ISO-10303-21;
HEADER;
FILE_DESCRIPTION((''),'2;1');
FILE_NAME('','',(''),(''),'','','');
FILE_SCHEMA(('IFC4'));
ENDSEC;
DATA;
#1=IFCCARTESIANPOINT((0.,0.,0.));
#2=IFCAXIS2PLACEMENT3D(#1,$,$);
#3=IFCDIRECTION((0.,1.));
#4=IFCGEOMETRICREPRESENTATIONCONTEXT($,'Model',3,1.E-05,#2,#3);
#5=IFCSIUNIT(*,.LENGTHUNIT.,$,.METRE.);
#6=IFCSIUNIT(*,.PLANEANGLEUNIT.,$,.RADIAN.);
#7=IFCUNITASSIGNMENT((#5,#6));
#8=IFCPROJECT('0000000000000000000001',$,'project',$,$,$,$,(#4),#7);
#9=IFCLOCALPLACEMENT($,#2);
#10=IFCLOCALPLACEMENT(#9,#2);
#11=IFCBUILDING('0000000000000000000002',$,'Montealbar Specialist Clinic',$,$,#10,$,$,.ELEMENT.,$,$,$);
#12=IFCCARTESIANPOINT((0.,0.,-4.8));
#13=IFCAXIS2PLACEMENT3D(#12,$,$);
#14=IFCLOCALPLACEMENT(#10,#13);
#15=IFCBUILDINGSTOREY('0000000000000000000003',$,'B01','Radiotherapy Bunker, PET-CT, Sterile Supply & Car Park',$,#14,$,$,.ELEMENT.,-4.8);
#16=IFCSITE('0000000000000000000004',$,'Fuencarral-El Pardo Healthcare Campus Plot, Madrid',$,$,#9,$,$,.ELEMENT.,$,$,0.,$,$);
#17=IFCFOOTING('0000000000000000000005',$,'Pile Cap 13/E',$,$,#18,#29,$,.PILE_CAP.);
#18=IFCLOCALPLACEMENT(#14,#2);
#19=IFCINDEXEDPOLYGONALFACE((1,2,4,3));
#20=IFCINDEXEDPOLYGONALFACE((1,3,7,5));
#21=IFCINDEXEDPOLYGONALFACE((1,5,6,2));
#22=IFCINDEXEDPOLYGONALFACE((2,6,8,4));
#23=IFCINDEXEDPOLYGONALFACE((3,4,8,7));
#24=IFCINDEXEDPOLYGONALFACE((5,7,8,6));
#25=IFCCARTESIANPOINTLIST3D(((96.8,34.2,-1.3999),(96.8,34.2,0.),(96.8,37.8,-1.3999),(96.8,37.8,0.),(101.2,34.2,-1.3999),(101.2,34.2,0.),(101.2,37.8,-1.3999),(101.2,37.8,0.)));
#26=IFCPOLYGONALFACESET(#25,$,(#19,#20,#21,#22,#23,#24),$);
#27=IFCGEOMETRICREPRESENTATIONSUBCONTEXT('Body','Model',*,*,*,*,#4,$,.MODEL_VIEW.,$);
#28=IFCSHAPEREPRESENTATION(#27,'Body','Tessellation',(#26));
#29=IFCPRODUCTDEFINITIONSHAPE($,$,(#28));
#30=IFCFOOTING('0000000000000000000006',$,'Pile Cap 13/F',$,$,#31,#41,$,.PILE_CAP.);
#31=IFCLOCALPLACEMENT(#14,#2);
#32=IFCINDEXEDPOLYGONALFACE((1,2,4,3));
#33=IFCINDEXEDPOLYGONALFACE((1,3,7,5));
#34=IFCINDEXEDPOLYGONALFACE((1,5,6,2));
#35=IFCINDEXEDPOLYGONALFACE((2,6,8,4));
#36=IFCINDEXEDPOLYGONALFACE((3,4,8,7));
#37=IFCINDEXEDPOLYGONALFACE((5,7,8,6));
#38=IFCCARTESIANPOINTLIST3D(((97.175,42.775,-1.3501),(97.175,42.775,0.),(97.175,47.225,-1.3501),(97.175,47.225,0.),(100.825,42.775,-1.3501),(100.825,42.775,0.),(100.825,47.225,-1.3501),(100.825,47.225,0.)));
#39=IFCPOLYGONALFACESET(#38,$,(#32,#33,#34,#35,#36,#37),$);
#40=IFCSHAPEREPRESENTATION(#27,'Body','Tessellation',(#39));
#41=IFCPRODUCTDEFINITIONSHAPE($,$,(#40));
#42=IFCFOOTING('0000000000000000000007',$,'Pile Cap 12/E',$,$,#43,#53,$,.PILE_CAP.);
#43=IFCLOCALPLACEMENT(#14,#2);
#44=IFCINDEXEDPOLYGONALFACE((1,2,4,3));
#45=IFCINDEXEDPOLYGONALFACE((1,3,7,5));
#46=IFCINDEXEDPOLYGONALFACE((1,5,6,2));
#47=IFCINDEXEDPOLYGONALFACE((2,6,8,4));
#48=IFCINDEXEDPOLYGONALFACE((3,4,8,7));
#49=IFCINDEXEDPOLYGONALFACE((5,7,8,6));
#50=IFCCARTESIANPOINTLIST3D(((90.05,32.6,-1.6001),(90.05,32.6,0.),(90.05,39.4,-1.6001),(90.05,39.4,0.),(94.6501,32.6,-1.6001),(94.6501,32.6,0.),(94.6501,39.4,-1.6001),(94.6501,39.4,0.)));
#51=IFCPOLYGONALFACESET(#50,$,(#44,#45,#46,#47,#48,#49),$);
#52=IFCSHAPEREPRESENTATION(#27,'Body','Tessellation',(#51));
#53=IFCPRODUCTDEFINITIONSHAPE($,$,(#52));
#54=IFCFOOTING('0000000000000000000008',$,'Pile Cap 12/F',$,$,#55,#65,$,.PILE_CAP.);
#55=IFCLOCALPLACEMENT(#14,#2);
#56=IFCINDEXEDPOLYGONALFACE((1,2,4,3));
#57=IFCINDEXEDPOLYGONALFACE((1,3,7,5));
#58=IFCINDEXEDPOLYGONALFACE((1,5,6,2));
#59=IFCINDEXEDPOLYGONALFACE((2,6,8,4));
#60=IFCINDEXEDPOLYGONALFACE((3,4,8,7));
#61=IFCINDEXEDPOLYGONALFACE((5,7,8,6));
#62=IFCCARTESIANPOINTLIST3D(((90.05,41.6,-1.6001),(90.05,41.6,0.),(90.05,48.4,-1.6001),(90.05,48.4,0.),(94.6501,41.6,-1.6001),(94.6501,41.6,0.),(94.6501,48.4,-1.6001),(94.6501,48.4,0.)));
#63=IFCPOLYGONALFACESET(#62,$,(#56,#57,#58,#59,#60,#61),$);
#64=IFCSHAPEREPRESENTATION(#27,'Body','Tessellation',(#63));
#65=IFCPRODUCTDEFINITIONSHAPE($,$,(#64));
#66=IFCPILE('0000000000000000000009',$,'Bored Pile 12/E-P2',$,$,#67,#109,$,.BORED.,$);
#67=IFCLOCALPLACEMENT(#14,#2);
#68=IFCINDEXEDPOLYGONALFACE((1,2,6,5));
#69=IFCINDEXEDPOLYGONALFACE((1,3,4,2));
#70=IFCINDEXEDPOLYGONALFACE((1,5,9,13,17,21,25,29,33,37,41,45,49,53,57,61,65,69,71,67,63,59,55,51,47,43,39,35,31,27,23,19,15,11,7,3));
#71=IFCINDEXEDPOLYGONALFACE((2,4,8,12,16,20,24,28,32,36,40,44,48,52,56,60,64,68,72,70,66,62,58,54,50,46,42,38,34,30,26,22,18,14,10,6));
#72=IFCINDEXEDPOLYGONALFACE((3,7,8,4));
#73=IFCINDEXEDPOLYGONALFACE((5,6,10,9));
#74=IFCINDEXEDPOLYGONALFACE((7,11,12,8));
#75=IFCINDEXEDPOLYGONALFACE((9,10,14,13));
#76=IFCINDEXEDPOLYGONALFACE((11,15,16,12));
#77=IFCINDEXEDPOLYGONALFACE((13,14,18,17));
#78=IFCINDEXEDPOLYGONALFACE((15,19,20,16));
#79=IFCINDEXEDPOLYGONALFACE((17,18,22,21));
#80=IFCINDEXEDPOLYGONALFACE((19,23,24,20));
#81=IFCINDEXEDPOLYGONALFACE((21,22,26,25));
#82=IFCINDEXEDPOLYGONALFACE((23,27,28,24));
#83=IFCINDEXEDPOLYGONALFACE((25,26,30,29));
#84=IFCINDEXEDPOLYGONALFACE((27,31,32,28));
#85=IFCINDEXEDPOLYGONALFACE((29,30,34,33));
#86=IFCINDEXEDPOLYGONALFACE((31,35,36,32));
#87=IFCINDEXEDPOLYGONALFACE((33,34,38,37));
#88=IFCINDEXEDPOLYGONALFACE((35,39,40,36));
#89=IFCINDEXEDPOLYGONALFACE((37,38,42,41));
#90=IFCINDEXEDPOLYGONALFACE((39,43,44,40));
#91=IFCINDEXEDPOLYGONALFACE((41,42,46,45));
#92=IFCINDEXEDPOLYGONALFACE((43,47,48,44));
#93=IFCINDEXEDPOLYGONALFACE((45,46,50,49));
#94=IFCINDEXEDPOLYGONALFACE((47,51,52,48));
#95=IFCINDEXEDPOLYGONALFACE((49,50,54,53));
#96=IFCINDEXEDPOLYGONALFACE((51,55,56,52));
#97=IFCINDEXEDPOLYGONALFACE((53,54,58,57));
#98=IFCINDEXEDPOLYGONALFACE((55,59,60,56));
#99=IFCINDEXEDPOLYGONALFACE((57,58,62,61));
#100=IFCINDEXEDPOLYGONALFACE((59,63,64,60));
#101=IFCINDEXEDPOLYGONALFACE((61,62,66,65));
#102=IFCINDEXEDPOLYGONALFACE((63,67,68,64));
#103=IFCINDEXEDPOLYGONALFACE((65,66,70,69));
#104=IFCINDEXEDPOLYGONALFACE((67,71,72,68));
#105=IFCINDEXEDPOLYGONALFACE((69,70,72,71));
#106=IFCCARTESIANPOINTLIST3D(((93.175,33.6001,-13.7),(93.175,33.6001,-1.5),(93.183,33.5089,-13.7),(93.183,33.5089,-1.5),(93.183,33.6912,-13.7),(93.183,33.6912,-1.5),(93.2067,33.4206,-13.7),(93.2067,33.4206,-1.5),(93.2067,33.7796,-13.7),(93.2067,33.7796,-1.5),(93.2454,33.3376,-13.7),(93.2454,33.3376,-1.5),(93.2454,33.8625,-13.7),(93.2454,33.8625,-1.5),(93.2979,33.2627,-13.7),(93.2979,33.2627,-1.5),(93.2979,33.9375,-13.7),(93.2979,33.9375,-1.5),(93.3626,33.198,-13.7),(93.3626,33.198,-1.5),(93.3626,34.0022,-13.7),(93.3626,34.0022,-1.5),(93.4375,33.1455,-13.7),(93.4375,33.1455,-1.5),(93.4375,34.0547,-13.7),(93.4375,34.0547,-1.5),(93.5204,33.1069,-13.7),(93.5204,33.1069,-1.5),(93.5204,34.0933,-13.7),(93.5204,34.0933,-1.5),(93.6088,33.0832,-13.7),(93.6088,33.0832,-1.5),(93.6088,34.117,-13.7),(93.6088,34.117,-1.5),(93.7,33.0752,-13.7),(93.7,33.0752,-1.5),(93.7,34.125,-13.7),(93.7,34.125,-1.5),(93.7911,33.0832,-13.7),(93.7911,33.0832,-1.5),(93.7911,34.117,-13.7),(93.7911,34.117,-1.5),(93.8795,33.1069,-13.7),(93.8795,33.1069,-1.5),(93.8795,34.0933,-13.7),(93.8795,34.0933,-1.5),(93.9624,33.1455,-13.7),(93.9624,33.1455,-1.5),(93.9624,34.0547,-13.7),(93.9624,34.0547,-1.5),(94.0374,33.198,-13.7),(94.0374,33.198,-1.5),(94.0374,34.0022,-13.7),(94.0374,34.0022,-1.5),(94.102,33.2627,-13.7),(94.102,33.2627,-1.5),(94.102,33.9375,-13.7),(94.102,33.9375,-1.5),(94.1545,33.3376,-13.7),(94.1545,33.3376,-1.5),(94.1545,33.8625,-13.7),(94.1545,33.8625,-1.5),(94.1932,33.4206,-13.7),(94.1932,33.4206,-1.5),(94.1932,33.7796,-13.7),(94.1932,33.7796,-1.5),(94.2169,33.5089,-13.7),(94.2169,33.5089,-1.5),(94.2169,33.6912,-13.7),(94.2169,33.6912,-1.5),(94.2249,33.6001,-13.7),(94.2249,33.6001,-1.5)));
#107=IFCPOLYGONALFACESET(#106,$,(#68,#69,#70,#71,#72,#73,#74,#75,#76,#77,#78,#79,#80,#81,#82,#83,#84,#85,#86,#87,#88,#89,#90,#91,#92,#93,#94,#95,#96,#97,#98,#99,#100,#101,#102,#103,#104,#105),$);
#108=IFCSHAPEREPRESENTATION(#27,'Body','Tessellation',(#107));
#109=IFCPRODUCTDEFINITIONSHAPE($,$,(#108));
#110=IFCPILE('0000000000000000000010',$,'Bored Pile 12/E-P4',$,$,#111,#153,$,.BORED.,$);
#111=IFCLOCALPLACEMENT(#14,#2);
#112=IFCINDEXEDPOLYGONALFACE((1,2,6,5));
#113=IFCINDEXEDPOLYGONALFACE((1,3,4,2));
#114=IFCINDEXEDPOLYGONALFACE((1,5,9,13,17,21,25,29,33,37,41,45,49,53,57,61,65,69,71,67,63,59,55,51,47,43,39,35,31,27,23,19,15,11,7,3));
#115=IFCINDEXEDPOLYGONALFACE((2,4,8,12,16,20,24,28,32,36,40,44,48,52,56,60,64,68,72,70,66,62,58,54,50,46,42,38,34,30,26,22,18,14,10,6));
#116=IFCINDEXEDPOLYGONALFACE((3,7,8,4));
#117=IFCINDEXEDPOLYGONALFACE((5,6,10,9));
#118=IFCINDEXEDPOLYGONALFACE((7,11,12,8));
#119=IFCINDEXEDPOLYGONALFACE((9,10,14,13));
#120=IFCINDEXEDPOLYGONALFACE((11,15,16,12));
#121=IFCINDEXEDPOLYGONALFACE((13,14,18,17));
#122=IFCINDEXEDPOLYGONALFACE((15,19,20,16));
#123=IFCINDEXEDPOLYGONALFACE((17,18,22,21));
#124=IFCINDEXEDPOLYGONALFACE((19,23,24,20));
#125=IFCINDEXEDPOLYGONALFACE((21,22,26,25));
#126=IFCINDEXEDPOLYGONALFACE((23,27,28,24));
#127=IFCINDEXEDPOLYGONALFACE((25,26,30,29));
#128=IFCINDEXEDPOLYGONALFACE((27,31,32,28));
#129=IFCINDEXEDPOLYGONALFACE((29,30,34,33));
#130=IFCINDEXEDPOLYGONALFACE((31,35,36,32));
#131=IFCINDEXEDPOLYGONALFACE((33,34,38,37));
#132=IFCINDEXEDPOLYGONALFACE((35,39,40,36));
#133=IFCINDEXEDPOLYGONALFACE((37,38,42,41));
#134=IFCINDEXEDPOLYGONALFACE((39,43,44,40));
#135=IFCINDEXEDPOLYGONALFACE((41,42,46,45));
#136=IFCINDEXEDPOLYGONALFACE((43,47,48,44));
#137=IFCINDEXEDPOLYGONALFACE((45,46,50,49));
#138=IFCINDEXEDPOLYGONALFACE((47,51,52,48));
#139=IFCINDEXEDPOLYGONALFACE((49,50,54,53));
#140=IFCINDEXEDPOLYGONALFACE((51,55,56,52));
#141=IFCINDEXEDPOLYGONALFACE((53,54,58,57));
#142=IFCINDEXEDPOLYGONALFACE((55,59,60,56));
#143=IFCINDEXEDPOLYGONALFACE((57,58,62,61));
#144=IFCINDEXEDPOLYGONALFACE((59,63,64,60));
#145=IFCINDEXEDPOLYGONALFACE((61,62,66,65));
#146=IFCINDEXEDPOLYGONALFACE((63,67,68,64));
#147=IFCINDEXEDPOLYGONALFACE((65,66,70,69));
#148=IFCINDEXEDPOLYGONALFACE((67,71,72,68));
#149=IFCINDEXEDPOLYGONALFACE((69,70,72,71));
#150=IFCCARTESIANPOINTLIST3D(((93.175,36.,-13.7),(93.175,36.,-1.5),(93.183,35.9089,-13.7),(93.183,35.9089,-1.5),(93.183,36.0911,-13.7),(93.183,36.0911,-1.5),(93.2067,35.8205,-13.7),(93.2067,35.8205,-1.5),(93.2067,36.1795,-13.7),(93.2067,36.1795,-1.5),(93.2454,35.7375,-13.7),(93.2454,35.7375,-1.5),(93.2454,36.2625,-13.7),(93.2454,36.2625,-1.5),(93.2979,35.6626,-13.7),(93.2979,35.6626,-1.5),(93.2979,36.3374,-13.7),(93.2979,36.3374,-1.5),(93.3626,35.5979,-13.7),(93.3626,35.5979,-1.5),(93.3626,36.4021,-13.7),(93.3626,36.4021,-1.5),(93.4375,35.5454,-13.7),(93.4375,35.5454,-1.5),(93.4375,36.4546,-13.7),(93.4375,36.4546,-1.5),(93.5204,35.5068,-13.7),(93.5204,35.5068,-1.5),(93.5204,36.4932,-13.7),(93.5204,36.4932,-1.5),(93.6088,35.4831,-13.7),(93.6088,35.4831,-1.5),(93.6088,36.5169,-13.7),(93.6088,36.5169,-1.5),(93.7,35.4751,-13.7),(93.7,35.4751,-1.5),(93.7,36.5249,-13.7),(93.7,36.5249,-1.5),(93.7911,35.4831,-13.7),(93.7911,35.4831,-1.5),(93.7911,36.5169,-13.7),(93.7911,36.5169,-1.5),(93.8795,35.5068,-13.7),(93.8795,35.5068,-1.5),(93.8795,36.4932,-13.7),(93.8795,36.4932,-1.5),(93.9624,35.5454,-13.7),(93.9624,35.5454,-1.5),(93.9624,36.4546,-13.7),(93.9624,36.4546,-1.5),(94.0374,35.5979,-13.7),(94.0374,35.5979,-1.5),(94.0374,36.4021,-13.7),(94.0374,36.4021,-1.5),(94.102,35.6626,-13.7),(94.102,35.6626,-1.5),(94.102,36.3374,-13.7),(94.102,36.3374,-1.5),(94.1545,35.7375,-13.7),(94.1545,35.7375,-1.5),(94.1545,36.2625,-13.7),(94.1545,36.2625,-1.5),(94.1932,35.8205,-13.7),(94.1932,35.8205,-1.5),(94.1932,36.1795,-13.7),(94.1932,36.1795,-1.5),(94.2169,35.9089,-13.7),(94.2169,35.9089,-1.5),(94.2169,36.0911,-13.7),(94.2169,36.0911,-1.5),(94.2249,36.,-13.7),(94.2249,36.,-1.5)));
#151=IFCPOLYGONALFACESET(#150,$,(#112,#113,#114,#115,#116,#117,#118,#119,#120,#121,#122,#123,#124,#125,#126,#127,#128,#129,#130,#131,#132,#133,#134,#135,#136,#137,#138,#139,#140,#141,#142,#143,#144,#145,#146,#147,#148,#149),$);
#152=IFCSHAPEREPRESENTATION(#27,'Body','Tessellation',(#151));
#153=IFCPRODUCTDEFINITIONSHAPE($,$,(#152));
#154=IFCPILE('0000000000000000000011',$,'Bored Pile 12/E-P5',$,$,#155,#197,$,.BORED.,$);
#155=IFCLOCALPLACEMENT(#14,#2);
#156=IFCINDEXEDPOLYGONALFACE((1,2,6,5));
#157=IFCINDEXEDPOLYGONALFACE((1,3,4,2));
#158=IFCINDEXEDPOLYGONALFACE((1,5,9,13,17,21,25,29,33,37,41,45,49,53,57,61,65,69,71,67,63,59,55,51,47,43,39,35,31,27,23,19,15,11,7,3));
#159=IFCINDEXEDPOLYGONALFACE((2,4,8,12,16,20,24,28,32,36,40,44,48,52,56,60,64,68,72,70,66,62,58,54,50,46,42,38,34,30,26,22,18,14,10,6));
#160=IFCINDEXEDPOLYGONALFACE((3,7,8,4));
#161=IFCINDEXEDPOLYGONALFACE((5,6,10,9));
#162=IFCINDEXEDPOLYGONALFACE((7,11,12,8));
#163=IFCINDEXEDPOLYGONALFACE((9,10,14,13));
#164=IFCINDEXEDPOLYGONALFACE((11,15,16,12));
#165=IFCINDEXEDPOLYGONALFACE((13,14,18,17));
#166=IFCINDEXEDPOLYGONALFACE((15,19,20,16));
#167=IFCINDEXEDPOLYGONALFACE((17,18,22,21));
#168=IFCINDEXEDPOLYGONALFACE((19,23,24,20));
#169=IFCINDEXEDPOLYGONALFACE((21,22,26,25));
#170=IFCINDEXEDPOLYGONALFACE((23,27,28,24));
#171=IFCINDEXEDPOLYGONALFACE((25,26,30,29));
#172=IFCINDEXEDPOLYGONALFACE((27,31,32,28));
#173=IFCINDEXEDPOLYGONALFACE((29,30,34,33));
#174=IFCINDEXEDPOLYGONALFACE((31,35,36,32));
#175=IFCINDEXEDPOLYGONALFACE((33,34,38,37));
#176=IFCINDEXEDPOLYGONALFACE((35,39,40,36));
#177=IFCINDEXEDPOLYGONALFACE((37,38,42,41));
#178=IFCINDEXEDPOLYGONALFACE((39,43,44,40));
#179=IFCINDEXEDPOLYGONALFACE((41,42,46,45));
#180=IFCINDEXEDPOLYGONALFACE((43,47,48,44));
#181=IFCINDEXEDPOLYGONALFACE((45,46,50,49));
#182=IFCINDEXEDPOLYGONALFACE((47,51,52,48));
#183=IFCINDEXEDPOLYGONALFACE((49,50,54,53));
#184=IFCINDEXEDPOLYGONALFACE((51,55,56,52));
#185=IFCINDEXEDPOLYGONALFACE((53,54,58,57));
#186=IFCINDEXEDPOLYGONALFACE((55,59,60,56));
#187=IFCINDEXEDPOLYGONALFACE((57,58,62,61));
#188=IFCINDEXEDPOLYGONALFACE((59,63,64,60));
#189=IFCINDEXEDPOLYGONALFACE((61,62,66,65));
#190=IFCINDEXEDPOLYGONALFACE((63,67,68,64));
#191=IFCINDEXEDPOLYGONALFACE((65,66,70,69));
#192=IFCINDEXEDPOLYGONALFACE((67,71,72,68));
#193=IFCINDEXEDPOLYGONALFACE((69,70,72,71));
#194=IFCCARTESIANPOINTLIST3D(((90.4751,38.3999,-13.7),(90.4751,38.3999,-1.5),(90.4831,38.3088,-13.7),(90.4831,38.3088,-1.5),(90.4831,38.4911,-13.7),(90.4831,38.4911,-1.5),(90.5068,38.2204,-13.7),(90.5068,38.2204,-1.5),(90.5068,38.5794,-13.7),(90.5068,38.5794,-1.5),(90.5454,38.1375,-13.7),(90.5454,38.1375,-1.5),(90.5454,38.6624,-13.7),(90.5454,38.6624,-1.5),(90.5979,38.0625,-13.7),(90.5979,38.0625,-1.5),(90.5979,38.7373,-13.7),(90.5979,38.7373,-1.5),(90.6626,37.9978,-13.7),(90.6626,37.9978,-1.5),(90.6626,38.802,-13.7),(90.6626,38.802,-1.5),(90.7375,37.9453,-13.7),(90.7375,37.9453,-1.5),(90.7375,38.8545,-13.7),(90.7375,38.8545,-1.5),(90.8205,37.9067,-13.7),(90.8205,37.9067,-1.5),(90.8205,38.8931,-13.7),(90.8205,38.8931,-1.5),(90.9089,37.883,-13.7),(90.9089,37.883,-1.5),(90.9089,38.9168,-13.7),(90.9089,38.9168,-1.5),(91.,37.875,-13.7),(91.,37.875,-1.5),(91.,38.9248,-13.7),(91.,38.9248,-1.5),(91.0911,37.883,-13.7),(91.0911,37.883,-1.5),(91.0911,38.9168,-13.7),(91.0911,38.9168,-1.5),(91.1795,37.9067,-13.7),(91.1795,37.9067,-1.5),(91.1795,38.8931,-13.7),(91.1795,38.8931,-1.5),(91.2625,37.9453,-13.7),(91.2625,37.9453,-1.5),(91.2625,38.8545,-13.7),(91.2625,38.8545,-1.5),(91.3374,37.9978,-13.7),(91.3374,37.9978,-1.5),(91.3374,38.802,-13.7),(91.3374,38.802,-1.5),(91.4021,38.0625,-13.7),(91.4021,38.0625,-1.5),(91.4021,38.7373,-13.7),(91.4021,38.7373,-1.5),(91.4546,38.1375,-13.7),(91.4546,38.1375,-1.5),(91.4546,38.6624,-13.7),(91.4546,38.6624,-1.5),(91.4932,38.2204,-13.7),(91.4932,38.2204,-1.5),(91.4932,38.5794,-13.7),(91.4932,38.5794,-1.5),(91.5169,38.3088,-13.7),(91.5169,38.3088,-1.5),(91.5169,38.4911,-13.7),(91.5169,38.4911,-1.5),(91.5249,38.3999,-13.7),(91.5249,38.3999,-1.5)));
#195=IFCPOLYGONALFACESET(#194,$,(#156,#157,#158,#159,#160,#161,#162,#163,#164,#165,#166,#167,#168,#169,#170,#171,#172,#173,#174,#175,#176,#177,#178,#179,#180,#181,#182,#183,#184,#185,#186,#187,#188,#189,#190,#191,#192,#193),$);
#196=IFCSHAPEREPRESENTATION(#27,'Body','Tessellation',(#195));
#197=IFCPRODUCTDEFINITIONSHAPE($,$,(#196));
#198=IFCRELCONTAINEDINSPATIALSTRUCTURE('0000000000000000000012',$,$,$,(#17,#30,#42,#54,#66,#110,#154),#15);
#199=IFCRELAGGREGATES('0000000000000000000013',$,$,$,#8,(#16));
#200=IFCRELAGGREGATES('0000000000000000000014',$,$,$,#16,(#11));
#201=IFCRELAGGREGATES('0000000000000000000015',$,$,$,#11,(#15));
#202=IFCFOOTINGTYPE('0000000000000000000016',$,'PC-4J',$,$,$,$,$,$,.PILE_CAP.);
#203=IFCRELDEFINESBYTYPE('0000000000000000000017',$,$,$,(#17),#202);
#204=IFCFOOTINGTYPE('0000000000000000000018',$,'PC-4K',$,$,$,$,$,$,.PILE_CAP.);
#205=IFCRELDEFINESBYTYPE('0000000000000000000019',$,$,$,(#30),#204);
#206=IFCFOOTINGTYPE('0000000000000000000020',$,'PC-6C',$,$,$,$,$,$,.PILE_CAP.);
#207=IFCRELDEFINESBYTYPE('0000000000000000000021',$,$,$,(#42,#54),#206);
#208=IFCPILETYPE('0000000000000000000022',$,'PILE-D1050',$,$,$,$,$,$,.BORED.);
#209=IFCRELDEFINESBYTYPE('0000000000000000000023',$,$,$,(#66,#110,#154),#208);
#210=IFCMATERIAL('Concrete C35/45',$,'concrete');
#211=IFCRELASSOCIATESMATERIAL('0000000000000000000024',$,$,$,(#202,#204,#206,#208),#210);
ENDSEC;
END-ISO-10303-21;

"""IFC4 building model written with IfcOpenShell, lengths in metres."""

from ifc_helpers import new_model, si_unit, direction, frame, origin, origin_2d, place, context, subcontext, project, spatial, rectangle, circle, extrude, material, material_profile, profile_set, type_object, element, save


model = new_model("IFC4")

# Units and contexts
model_context = context("Model", 3, precision=1e-05, world=origin(), true_north=direction((0.0, 1.0)))
body_context = subcontext(model_context, "Body", "Model", "MODEL_VIEW")
ifc_project = project(units=[si_unit("LENGTHUNIT", "METRE"), si_unit("PLANEANGLEUNIT", "RADIAN")], contexts=[model_context])

# Site, building, storey
site_placement = place(None, origin())
site = spatial("IfcSite", under=ifc_project, at=site_placement, Name="Fuencarral-El Pardo Healthcare Campus Plot, Madrid", CompositionType="ELEMENT", RefElevation=0.0)
building_placement = place(site_placement, origin())
building = spatial("IfcBuilding", under=site, at=building_placement, Name="Montealbar Specialist Clinic", CompositionType="ELEMENT")
storey_placement = place(building_placement, frame((0.0, 0.0, -4.8)))
storey = spatial("IfcBuildingStorey", under=building, at=storey_placement, Name="B01", Description="Radiotherapy Bunker, PET-CT, Sterile Supply & Car Park", CompositionType="ELEMENT", Elevation=-4.8)

# Footings
ifc_material_1 = material(Name="Concrete C35/45", Category="concrete")
footing_type_1 = type_object("IfcFootingType", Name="PC-4J", PredefinedType="PILE_CAP", material=ifc_material_1)
footing_1_placement = place(storey_placement, frame((99.0, 36.0, -1.3999), z_axis=(0.0, 0.0, 1.0), x_axis=(1.0, 0.0, 0.0)))
element("IfcFooting", 1, at=footing_1_placement, inside=storey, type_object=footing_type_1, Name="Pile Cap 13/E", PredefinedType="PILE_CAP", context=body_context, shape_type="SweptSolid", body=[
    extrude(rectangle(XDim=4.3999, YDim=3.6001, at=origin_2d()), origin(), (0.0, 0.0, 1.0), 1.3999),
])
footing_type_2 = type_object("IfcFootingType", Name="PC-4K", PredefinedType="PILE_CAP", material=ifc_material_1)
footing_2_placement = place(storey_placement, frame((99.0, 45.0, -1.3501), z_axis=(0.0, 0.0, 1.0), x_axis=(1.0, 0.0, 0.0)))
element("IfcFooting", 2, at=footing_2_placement, inside=storey, type_object=footing_type_2, Name="Pile Cap 13/F", PredefinedType="PILE_CAP", context=body_context, shape_type="SweptSolid", body=[
    extrude(rectangle(XDim=3.6499, YDim=4.45, at=origin_2d()), origin(), (0.0, 0.0, 1.0), 1.3501),
])
footing_type_3 = type_object("IfcFootingType", Name="PC-6C", PredefinedType="PILE_CAP", material=ifc_material_1)
for number, where, z_axis, x_axis, name in (
    (3, (92.3501, 36.0, -1.6001), (0.0, 0.0, 1.0), (1.0, 0.0, 0.0), "Pile Cap 12/E"),
    (4, (92.3501, 45.0, -1.6001), (0.0, 0.0, 1.0), (1.0, 0.0, 0.0), "Pile Cap 12/F"),
):
    element("IfcFooting", number, at=place(storey_placement, frame(where, z_axis=z_axis, x_axis=x_axis)), inside=storey, type_object=footing_type_3, Name=name, PredefinedType="PILE_CAP", context=body_context, shape_type="SweptSolid", body=[
        extrude(rectangle(XDim=4.6001, YDim=6.8, at=origin_2d()), origin(), (0.0, 0.0, 1.0), 1.6001),
    ])

# Piles
ifc_material_profile_1 = material_profile(ifc_material_1, circle(Radius=0.5249, at=origin_2d()), Name="PILE D1050", Category="concrete")
ifc_profile_set_1 = profile_set([ifc_material_profile_1], Name="Concrete C35/45")
pile_type_1 = type_object("IfcPileType", Name="PILE-D1050", PredefinedType="BORED", material=ifc_profile_set_1)
for number, where, z_axis, x_axis, name in (
    (5, (93.7, 33.6001, -1.5), (0.0, 0.0, -1.0), (1.0, 0.0, 0.0), "Bored Pile 12/E-P2"),
    (6, (93.7, 36.0, -1.5), (0.0, 0.0, -1.0), (1.0, 0.0, 0.0), "Bored Pile 12/E-P4"),
    (7, (91.0, 38.3999, -1.5), (0.0, 0.0, -1.0), (1.0, 0.0, 0.0), "Bored Pile 12/E-P5"),
):
    element("IfcPile", number, at=place(storey_placement, frame(where, z_axis=z_axis, x_axis=x_axis)), inside=storey, type_object=pile_type_1, Name=name, PredefinedType="BORED", context=body_context, shape_type="SweptSolid", body=[
        extrude(circle(Radius=0.5249, at=origin_2d()), origin(), (0.0, 0.0, 1.0), 12.2),
    ])

save(model, "model.ifc")
